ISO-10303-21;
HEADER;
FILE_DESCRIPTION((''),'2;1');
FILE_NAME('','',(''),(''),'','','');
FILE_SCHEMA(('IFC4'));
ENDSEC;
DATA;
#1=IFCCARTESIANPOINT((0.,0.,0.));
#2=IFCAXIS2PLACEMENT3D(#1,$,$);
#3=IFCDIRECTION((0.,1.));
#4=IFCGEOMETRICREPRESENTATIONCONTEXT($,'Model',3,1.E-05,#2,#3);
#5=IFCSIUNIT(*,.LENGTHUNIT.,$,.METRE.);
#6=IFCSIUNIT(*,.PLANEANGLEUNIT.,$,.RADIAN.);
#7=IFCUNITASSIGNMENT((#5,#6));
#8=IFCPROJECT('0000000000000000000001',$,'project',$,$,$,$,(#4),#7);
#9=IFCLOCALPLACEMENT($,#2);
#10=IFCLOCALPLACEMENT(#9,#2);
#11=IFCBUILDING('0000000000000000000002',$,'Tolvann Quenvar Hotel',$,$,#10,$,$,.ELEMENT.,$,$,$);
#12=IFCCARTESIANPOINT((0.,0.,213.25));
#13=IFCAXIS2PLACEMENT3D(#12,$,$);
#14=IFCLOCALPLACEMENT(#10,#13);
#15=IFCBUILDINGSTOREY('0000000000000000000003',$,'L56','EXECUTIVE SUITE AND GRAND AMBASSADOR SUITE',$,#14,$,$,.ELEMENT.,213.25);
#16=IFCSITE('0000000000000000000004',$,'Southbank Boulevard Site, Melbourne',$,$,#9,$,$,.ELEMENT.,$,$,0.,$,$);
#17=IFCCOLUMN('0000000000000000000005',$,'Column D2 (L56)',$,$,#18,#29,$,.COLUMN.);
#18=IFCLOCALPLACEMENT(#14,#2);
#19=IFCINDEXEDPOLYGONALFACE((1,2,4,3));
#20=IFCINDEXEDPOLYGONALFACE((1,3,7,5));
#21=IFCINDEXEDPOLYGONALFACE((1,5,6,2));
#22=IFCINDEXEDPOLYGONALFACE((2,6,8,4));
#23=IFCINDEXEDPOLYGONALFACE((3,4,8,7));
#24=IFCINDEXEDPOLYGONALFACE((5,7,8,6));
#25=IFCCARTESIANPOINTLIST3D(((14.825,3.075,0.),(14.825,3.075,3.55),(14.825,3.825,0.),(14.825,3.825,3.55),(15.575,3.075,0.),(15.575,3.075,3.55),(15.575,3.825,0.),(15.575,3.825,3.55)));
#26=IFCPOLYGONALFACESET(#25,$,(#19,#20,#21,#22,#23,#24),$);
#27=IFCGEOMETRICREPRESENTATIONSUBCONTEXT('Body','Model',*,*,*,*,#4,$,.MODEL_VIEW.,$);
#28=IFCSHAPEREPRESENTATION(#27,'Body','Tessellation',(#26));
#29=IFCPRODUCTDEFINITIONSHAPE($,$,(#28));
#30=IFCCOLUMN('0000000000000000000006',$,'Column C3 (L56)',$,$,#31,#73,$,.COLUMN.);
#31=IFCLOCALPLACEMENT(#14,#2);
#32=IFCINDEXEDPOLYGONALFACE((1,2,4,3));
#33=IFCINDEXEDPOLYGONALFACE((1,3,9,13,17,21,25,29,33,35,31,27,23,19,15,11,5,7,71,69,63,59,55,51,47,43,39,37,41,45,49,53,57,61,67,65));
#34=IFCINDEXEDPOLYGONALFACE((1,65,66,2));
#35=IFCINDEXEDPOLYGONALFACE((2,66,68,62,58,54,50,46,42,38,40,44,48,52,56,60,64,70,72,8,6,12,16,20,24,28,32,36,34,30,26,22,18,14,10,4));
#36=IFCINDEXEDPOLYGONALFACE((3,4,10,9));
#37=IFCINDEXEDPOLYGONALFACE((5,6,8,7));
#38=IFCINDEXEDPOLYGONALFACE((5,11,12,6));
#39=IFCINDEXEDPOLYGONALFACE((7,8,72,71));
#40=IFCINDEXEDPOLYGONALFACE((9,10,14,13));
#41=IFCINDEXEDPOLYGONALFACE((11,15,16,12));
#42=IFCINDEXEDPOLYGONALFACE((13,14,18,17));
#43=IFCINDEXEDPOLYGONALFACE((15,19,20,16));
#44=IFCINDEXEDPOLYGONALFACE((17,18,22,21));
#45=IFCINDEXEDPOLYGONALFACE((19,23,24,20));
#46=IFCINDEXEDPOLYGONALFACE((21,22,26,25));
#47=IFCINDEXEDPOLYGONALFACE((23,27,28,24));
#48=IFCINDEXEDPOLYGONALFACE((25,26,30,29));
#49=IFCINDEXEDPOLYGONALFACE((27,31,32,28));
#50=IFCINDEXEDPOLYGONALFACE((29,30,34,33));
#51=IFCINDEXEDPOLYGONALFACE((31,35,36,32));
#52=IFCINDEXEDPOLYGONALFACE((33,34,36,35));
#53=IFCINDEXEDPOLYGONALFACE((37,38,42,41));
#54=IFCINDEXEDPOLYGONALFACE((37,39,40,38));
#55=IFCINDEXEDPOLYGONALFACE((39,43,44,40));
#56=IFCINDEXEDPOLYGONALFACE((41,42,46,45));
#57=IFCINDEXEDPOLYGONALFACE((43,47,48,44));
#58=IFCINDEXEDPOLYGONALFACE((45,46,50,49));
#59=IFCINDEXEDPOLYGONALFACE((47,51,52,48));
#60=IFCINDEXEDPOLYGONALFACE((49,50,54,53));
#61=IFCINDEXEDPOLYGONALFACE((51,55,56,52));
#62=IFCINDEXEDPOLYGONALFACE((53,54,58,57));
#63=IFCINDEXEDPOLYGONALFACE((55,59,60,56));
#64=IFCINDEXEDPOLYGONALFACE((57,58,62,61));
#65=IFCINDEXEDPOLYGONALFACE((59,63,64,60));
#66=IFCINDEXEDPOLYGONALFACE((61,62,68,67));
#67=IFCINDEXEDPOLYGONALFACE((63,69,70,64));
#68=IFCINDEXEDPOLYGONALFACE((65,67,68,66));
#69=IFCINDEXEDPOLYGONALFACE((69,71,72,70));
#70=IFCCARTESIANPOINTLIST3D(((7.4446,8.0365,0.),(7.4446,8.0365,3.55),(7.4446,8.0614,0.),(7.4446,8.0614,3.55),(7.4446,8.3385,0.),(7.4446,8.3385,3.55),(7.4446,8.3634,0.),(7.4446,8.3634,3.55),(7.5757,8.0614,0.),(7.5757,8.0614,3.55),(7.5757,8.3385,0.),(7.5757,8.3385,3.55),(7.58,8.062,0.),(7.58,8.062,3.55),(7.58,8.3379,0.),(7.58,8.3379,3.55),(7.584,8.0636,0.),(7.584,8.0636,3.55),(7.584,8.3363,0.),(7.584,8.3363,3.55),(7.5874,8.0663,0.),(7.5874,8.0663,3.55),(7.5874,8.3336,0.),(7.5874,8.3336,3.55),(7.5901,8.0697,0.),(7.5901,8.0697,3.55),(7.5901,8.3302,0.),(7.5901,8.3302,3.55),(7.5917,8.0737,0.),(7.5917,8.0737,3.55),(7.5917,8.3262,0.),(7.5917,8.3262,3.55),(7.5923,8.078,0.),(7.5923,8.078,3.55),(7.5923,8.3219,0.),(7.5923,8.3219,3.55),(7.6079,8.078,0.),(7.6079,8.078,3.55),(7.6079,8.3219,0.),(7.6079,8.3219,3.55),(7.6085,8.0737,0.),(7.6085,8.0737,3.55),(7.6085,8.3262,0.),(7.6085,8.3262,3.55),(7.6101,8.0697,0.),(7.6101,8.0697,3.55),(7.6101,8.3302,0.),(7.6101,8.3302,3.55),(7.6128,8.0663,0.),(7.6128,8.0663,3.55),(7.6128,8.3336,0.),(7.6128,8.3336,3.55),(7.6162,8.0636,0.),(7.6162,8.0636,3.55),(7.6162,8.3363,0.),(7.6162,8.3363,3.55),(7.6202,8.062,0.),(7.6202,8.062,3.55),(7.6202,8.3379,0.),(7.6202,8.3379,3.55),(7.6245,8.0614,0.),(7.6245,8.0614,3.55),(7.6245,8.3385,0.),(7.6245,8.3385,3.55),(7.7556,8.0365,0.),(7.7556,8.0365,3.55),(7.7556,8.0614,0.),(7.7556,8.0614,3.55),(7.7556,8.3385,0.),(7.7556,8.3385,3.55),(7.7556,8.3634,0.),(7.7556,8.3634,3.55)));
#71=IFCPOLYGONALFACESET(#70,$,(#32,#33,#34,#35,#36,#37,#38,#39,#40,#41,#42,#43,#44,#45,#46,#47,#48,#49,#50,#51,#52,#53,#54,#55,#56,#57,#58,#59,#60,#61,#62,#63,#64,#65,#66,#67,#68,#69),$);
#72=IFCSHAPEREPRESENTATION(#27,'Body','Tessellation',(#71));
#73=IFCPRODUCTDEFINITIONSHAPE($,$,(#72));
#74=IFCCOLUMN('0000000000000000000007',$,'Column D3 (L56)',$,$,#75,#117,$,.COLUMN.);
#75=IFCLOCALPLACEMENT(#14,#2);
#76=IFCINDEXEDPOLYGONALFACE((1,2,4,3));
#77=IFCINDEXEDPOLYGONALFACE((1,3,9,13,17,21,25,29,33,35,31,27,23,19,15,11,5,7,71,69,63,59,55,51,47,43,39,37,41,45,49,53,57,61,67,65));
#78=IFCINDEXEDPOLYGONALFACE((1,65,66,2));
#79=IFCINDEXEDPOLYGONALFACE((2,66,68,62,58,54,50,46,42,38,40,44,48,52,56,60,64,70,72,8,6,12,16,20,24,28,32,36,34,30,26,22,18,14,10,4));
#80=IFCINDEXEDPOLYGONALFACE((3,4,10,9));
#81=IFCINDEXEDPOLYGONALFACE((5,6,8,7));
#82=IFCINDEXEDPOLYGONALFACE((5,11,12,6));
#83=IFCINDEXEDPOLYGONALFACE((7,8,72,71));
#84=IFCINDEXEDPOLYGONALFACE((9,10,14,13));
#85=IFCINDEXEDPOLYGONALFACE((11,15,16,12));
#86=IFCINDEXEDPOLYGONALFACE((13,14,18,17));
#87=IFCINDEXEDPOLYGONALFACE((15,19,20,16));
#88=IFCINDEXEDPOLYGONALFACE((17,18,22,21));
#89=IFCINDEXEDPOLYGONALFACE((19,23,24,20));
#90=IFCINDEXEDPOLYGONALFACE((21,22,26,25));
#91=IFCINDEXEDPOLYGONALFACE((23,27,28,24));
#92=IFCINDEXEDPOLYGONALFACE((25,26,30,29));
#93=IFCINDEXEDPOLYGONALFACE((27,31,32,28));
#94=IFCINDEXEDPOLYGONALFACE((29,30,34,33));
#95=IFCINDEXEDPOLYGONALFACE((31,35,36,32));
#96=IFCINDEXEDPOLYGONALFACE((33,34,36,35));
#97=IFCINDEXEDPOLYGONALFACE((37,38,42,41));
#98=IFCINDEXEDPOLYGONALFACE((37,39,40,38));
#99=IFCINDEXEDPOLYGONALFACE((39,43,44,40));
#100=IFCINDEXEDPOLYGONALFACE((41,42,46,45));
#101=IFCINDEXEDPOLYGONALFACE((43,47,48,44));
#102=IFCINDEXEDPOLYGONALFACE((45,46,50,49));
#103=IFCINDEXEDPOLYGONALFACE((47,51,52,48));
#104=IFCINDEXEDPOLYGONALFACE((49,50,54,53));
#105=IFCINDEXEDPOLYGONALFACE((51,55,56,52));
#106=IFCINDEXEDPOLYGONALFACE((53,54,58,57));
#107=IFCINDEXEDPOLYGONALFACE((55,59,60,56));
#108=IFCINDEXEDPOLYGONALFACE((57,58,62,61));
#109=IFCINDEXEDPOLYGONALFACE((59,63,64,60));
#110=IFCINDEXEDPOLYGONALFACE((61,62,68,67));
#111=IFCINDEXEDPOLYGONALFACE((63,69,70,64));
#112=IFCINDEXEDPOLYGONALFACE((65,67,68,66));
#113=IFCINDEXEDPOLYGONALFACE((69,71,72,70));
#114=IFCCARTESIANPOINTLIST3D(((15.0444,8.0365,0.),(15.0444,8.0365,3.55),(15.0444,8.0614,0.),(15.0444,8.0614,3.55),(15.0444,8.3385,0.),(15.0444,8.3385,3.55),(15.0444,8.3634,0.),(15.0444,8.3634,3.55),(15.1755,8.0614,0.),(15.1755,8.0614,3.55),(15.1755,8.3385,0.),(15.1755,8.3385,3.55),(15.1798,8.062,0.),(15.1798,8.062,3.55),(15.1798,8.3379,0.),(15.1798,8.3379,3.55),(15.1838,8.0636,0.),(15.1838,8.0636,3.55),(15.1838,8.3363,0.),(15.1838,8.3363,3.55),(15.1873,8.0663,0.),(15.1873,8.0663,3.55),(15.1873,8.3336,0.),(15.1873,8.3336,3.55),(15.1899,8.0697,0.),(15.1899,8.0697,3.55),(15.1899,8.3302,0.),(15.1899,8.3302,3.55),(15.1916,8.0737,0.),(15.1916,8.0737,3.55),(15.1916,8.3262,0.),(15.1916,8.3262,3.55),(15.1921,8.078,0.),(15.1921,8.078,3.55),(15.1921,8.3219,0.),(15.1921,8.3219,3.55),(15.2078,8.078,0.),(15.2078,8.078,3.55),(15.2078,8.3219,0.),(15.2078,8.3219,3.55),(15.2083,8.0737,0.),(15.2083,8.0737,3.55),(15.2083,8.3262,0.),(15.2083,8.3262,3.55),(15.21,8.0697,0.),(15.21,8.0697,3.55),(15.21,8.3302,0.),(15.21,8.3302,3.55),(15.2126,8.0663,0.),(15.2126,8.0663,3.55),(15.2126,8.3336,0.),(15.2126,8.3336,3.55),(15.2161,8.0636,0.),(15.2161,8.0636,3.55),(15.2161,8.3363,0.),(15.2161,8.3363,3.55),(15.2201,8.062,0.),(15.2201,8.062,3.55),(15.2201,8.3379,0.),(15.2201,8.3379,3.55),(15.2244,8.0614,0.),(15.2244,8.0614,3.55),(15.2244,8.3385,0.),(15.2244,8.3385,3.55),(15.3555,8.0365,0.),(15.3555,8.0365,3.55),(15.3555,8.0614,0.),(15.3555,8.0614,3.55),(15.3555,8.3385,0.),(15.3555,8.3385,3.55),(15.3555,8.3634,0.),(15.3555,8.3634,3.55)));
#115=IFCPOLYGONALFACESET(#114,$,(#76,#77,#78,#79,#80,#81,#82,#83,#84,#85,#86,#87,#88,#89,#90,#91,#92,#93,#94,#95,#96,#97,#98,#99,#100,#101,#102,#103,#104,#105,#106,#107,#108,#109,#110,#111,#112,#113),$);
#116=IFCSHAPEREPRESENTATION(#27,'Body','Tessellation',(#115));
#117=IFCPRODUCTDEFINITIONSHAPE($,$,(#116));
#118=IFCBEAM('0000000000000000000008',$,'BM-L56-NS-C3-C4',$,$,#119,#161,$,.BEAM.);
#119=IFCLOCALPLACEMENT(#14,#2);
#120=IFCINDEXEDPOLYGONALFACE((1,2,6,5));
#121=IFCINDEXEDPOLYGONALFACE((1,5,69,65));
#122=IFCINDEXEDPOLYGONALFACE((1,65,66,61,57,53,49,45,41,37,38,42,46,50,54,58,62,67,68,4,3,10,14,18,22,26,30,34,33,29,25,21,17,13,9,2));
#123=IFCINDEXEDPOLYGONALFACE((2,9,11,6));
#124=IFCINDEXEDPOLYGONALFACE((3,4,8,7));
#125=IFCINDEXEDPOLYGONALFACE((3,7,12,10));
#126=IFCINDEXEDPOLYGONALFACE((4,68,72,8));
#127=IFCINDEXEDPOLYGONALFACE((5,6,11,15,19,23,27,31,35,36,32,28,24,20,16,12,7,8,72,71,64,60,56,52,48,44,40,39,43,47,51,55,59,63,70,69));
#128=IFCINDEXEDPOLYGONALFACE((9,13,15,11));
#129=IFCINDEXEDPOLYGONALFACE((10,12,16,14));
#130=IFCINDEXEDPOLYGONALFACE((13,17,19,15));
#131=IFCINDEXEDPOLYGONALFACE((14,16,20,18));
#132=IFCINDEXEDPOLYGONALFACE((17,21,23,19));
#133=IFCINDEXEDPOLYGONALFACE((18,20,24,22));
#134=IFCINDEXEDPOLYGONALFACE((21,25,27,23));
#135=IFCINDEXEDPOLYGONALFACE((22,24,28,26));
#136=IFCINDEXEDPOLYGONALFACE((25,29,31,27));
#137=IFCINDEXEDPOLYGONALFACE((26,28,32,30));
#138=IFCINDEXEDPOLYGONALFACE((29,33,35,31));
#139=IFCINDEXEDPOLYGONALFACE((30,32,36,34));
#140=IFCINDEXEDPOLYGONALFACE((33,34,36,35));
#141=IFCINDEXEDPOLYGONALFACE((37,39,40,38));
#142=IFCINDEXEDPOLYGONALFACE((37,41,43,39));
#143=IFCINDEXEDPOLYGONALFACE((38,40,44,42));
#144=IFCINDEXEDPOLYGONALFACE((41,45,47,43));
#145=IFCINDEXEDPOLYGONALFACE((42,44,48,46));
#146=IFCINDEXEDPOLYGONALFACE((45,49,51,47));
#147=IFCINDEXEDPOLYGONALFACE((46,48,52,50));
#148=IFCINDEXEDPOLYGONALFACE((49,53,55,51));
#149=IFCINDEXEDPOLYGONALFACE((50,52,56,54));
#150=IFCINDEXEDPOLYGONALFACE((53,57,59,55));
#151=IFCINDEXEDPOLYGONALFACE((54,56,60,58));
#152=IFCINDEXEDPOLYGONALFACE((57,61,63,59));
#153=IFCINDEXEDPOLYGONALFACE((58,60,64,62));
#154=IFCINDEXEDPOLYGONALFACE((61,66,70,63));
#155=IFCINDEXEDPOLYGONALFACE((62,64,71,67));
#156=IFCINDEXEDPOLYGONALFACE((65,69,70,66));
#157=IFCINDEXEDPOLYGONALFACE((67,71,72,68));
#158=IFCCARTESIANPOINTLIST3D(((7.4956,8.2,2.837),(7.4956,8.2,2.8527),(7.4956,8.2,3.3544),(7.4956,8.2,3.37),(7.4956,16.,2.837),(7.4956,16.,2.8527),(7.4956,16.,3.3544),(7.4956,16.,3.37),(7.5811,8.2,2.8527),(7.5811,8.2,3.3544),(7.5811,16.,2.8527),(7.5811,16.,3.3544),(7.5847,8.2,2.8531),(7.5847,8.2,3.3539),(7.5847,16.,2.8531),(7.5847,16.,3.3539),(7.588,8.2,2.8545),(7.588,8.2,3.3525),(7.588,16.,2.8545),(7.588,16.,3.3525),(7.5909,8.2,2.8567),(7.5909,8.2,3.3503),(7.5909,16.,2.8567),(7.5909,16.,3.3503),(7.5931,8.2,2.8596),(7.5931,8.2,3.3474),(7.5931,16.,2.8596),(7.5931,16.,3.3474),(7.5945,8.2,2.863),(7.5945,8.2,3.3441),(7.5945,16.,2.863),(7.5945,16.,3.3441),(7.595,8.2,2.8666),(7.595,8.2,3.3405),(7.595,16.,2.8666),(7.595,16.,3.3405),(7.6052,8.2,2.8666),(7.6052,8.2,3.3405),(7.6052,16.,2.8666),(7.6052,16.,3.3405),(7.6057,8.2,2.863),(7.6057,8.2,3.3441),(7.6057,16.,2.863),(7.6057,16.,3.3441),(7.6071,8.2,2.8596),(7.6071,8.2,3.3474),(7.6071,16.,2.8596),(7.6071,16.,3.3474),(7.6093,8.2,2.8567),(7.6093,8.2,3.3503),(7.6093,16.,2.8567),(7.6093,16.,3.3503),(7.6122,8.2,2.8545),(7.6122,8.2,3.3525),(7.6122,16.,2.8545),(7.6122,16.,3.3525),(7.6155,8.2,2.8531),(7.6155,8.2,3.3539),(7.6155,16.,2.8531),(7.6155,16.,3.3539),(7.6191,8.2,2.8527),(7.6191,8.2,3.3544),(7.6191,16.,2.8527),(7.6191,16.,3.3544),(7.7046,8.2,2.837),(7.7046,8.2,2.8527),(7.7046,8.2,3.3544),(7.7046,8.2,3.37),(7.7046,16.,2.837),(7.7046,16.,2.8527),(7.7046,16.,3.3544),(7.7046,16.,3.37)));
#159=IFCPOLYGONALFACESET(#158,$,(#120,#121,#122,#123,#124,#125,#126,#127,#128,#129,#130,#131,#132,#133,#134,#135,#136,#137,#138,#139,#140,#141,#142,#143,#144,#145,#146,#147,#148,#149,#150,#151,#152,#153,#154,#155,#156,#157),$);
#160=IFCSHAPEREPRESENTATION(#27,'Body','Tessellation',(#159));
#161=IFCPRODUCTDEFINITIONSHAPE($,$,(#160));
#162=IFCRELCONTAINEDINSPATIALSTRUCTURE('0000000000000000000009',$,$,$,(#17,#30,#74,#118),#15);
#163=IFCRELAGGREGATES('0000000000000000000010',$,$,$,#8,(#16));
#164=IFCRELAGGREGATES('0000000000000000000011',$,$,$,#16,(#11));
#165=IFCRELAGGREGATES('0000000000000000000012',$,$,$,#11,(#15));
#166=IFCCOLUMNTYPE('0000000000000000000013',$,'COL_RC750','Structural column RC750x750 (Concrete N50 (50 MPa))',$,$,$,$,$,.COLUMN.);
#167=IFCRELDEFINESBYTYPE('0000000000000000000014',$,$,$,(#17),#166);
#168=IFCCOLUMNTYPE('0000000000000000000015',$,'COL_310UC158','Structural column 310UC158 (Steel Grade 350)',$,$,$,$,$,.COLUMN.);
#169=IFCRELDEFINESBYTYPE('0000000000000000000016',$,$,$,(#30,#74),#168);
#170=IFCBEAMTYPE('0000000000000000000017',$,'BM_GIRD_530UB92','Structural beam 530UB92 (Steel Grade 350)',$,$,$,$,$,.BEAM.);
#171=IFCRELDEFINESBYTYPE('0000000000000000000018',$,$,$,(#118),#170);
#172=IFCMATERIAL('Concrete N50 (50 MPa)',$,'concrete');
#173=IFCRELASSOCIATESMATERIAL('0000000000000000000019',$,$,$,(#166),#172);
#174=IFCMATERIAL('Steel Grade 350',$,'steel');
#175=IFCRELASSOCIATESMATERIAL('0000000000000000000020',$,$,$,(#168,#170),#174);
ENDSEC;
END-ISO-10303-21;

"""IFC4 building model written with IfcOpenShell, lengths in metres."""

from ifc_helpers import new_model, si_unit, direction, frame, origin, origin_2d, place, context, subcontext, project, spatial, rectangle, i_section, extrude, source, transform, mapped, material, material_profile, profile_set, type_object, type_shapes, element, save


model = new_model("IFC4")

# Units and contexts
model_context = context("Model", 3, precision=1e-05, world=origin(), true_north=direction((0.0, 1.0)))
body_context = subcontext(model_context, "Body", "Model", "MODEL_VIEW")
ifc_project = project(units=[si_unit("LENGTHUNIT", "METRE"), si_unit("PLANEANGLEUNIT", "RADIAN")], contexts=[model_context])

# Site, building, storey
site_placement = place(None, origin())
site = spatial("IfcSite", under=ifc_project, at=site_placement, Name="Southbank Boulevard Site, Melbourne", CompositionType="ELEMENT", RefElevation=0.0)
building_placement = place(site_placement, origin())
building = spatial("IfcBuilding", under=site, at=building_placement, Name="Tolvann Quenvar Hotel", CompositionType="ELEMENT")
storey_placement = place(building_placement, frame((0.0, 0.0, 213.25)))
storey = spatial("IfcBuildingStorey", under=building, at=storey_placement, Name="L56", Description="EXECUTIVE SUITE AND GRAND AMBASSADOR SUITE", CompositionType="ELEMENT", Elevation=213.25)

# Columns
ifc_material_1 = material(Name="Concrete N50 (50 MPa)", Category="concrete")
ifc_material_profile_1 = material_profile(ifc_material_1, rectangle(XDim=0.75, YDim=0.75, at=origin_2d()), Name="RC750x750")
ifc_profile_set_1 = profile_set([ifc_material_profile_1], Name="Concrete N50 (50 MPa)")
column_type_1 = type_object("IfcColumnType", Name="COL_RC750", Description="Structural column RC750x750 (Concrete N50 (50 MPa))", PredefinedType="COLUMN", material=ifc_profile_set_1)
shared_shape_1 = source(origin(), body_context, "Body", "SweptSolid", [
    extrude(rectangle(XDim=0.75, YDim=0.75, at=origin_2d()), origin(), (0.0, 0.0, 1.0), 3.55),
])
type_shapes(column_type_1, [shared_shape_1])
column_placement = place(storey_placement, frame((15.2, 3.45, 0.0), z_axis=(0.0, 0.0, 1.0), x_axis=(1.0, 0.0, 0.0)))
element("IfcColumn", 1, at=column_placement, inside=storey, type_object=column_type_1, Name="Column D2 (L56)", PredefinedType="COLUMN", context=body_context, shape_type="MappedRepresentation", body=[
    mapped(shared_shape_1, transform((0.0, 0.0, 0.0), x_axis=(1.0, 0.0, 0.0), y_axis=(0.0, 1.0, 0.0), z_axis=(0.0, 0.0, 1.0), scale=1.0)),
])
ifc_material_2 = material(Name="Steel Grade 350", Category="steel")
ifc_material_profile_2 = material_profile(ifc_material_2, i_section(OverallWidth=0.311, OverallDepth=0.3269, WebThickness=0.0156, FlangeThickness=0.0249, FilletRadius=0.0166, at=origin_2d()), Name="310UC158")
ifc_profile_set_2 = profile_set([ifc_material_profile_2], Name="Steel Grade 350")
column_type_2 = type_object("IfcColumnType", Name="COL_310UC158", Description="Structural column 310UC158 (Steel Grade 350)", PredefinedType="COLUMN", material=ifc_profile_set_2)
shared_shape_2 = source(origin(), body_context, "Body", "SweptSolid", [
    extrude(i_section(OverallWidth=0.311, OverallDepth=0.3269, WebThickness=0.0156, FlangeThickness=0.0249, FilletRadius=0.0166, at=origin_2d()), origin(), (0.0, 0.0, 1.0), 3.55),
])
type_shapes(column_type_2, [shared_shape_2])
for number, where, z_axis, x_axis, name in (
    (2, (7.6001, 8.2, 0.0), (0.0, 0.0, 1.0), (1.0, 0.0, 0.0), "Column C3 (L56)"),
    (3, (15.2, 8.2, 0.0), (0.0, 0.0, 1.0), (1.0, 0.0, 0.0), "Column D3 (L56)"),
):
    element("IfcColumn", number, at=place(storey_placement, frame(where, z_axis=z_axis, x_axis=x_axis)), inside=storey, type_object=column_type_2, Name=name, PredefinedType="COLUMN", context=body_context, shape_type="MappedRepresentation", body=[
        mapped(shared_shape_2, transform((0.0, 0.0, 0.0), x_axis=(1.0, 0.0, 0.0), y_axis=(0.0, 1.0, 0.0), z_axis=(0.0, 0.0, 1.0), scale=1.0)),
    ])

# Beam
ifc_material_profile_3 = material_profile(ifc_material_2, i_section(OverallWidth=0.209, OverallDepth=0.533, WebThickness=0.0103, FlangeThickness=0.0156, FilletRadius=0.0139, at=origin_2d()), Name="530UB92")
ifc_profile_set_3 = profile_set([ifc_material_profile_3], Name="Steel Grade 350")
beam_type_1 = type_object("IfcBeamType", Name="BM_GIRD_530UB92", Description="Structural beam 530UB92 (Steel Grade 350)", PredefinedType="BEAM", material=ifc_profile_set_3)
shared_shape_3 = source(origin(), body_context, "Body", "SweptSolid", [
    extrude(i_section(OverallWidth=0.209, OverallDepth=0.533, WebThickness=0.0103, FlangeThickness=0.0156, FilletRadius=0.0139, at=origin_2d()), origin(), (0.0, 0.0, 1.0), 7.8),
])
beam_1_placement = place(storey_placement, frame((7.6001, 8.2, 3.1035), z_axis=(0.0, 1.0, 0.0), x_axis=(-1.0, 0.0, 0.0)))
element("IfcBeam", 4, at=beam_1_placement, inside=storey, type_object=beam_type_1, Name="BM-L56-NS-C3-C4", PredefinedType="BEAM", context=body_context, shape_type="MappedRepresentation", body=[
    mapped(shared_shape_3, transform((0.0, 0.0, 0.0), x_axis=(1.0, 0.0, 0.0), y_axis=(0.0, 1.0, 0.0), z_axis=(0.0, 0.0, 1.0), scale=1.0)),
])

save(model, "model.ifc")
